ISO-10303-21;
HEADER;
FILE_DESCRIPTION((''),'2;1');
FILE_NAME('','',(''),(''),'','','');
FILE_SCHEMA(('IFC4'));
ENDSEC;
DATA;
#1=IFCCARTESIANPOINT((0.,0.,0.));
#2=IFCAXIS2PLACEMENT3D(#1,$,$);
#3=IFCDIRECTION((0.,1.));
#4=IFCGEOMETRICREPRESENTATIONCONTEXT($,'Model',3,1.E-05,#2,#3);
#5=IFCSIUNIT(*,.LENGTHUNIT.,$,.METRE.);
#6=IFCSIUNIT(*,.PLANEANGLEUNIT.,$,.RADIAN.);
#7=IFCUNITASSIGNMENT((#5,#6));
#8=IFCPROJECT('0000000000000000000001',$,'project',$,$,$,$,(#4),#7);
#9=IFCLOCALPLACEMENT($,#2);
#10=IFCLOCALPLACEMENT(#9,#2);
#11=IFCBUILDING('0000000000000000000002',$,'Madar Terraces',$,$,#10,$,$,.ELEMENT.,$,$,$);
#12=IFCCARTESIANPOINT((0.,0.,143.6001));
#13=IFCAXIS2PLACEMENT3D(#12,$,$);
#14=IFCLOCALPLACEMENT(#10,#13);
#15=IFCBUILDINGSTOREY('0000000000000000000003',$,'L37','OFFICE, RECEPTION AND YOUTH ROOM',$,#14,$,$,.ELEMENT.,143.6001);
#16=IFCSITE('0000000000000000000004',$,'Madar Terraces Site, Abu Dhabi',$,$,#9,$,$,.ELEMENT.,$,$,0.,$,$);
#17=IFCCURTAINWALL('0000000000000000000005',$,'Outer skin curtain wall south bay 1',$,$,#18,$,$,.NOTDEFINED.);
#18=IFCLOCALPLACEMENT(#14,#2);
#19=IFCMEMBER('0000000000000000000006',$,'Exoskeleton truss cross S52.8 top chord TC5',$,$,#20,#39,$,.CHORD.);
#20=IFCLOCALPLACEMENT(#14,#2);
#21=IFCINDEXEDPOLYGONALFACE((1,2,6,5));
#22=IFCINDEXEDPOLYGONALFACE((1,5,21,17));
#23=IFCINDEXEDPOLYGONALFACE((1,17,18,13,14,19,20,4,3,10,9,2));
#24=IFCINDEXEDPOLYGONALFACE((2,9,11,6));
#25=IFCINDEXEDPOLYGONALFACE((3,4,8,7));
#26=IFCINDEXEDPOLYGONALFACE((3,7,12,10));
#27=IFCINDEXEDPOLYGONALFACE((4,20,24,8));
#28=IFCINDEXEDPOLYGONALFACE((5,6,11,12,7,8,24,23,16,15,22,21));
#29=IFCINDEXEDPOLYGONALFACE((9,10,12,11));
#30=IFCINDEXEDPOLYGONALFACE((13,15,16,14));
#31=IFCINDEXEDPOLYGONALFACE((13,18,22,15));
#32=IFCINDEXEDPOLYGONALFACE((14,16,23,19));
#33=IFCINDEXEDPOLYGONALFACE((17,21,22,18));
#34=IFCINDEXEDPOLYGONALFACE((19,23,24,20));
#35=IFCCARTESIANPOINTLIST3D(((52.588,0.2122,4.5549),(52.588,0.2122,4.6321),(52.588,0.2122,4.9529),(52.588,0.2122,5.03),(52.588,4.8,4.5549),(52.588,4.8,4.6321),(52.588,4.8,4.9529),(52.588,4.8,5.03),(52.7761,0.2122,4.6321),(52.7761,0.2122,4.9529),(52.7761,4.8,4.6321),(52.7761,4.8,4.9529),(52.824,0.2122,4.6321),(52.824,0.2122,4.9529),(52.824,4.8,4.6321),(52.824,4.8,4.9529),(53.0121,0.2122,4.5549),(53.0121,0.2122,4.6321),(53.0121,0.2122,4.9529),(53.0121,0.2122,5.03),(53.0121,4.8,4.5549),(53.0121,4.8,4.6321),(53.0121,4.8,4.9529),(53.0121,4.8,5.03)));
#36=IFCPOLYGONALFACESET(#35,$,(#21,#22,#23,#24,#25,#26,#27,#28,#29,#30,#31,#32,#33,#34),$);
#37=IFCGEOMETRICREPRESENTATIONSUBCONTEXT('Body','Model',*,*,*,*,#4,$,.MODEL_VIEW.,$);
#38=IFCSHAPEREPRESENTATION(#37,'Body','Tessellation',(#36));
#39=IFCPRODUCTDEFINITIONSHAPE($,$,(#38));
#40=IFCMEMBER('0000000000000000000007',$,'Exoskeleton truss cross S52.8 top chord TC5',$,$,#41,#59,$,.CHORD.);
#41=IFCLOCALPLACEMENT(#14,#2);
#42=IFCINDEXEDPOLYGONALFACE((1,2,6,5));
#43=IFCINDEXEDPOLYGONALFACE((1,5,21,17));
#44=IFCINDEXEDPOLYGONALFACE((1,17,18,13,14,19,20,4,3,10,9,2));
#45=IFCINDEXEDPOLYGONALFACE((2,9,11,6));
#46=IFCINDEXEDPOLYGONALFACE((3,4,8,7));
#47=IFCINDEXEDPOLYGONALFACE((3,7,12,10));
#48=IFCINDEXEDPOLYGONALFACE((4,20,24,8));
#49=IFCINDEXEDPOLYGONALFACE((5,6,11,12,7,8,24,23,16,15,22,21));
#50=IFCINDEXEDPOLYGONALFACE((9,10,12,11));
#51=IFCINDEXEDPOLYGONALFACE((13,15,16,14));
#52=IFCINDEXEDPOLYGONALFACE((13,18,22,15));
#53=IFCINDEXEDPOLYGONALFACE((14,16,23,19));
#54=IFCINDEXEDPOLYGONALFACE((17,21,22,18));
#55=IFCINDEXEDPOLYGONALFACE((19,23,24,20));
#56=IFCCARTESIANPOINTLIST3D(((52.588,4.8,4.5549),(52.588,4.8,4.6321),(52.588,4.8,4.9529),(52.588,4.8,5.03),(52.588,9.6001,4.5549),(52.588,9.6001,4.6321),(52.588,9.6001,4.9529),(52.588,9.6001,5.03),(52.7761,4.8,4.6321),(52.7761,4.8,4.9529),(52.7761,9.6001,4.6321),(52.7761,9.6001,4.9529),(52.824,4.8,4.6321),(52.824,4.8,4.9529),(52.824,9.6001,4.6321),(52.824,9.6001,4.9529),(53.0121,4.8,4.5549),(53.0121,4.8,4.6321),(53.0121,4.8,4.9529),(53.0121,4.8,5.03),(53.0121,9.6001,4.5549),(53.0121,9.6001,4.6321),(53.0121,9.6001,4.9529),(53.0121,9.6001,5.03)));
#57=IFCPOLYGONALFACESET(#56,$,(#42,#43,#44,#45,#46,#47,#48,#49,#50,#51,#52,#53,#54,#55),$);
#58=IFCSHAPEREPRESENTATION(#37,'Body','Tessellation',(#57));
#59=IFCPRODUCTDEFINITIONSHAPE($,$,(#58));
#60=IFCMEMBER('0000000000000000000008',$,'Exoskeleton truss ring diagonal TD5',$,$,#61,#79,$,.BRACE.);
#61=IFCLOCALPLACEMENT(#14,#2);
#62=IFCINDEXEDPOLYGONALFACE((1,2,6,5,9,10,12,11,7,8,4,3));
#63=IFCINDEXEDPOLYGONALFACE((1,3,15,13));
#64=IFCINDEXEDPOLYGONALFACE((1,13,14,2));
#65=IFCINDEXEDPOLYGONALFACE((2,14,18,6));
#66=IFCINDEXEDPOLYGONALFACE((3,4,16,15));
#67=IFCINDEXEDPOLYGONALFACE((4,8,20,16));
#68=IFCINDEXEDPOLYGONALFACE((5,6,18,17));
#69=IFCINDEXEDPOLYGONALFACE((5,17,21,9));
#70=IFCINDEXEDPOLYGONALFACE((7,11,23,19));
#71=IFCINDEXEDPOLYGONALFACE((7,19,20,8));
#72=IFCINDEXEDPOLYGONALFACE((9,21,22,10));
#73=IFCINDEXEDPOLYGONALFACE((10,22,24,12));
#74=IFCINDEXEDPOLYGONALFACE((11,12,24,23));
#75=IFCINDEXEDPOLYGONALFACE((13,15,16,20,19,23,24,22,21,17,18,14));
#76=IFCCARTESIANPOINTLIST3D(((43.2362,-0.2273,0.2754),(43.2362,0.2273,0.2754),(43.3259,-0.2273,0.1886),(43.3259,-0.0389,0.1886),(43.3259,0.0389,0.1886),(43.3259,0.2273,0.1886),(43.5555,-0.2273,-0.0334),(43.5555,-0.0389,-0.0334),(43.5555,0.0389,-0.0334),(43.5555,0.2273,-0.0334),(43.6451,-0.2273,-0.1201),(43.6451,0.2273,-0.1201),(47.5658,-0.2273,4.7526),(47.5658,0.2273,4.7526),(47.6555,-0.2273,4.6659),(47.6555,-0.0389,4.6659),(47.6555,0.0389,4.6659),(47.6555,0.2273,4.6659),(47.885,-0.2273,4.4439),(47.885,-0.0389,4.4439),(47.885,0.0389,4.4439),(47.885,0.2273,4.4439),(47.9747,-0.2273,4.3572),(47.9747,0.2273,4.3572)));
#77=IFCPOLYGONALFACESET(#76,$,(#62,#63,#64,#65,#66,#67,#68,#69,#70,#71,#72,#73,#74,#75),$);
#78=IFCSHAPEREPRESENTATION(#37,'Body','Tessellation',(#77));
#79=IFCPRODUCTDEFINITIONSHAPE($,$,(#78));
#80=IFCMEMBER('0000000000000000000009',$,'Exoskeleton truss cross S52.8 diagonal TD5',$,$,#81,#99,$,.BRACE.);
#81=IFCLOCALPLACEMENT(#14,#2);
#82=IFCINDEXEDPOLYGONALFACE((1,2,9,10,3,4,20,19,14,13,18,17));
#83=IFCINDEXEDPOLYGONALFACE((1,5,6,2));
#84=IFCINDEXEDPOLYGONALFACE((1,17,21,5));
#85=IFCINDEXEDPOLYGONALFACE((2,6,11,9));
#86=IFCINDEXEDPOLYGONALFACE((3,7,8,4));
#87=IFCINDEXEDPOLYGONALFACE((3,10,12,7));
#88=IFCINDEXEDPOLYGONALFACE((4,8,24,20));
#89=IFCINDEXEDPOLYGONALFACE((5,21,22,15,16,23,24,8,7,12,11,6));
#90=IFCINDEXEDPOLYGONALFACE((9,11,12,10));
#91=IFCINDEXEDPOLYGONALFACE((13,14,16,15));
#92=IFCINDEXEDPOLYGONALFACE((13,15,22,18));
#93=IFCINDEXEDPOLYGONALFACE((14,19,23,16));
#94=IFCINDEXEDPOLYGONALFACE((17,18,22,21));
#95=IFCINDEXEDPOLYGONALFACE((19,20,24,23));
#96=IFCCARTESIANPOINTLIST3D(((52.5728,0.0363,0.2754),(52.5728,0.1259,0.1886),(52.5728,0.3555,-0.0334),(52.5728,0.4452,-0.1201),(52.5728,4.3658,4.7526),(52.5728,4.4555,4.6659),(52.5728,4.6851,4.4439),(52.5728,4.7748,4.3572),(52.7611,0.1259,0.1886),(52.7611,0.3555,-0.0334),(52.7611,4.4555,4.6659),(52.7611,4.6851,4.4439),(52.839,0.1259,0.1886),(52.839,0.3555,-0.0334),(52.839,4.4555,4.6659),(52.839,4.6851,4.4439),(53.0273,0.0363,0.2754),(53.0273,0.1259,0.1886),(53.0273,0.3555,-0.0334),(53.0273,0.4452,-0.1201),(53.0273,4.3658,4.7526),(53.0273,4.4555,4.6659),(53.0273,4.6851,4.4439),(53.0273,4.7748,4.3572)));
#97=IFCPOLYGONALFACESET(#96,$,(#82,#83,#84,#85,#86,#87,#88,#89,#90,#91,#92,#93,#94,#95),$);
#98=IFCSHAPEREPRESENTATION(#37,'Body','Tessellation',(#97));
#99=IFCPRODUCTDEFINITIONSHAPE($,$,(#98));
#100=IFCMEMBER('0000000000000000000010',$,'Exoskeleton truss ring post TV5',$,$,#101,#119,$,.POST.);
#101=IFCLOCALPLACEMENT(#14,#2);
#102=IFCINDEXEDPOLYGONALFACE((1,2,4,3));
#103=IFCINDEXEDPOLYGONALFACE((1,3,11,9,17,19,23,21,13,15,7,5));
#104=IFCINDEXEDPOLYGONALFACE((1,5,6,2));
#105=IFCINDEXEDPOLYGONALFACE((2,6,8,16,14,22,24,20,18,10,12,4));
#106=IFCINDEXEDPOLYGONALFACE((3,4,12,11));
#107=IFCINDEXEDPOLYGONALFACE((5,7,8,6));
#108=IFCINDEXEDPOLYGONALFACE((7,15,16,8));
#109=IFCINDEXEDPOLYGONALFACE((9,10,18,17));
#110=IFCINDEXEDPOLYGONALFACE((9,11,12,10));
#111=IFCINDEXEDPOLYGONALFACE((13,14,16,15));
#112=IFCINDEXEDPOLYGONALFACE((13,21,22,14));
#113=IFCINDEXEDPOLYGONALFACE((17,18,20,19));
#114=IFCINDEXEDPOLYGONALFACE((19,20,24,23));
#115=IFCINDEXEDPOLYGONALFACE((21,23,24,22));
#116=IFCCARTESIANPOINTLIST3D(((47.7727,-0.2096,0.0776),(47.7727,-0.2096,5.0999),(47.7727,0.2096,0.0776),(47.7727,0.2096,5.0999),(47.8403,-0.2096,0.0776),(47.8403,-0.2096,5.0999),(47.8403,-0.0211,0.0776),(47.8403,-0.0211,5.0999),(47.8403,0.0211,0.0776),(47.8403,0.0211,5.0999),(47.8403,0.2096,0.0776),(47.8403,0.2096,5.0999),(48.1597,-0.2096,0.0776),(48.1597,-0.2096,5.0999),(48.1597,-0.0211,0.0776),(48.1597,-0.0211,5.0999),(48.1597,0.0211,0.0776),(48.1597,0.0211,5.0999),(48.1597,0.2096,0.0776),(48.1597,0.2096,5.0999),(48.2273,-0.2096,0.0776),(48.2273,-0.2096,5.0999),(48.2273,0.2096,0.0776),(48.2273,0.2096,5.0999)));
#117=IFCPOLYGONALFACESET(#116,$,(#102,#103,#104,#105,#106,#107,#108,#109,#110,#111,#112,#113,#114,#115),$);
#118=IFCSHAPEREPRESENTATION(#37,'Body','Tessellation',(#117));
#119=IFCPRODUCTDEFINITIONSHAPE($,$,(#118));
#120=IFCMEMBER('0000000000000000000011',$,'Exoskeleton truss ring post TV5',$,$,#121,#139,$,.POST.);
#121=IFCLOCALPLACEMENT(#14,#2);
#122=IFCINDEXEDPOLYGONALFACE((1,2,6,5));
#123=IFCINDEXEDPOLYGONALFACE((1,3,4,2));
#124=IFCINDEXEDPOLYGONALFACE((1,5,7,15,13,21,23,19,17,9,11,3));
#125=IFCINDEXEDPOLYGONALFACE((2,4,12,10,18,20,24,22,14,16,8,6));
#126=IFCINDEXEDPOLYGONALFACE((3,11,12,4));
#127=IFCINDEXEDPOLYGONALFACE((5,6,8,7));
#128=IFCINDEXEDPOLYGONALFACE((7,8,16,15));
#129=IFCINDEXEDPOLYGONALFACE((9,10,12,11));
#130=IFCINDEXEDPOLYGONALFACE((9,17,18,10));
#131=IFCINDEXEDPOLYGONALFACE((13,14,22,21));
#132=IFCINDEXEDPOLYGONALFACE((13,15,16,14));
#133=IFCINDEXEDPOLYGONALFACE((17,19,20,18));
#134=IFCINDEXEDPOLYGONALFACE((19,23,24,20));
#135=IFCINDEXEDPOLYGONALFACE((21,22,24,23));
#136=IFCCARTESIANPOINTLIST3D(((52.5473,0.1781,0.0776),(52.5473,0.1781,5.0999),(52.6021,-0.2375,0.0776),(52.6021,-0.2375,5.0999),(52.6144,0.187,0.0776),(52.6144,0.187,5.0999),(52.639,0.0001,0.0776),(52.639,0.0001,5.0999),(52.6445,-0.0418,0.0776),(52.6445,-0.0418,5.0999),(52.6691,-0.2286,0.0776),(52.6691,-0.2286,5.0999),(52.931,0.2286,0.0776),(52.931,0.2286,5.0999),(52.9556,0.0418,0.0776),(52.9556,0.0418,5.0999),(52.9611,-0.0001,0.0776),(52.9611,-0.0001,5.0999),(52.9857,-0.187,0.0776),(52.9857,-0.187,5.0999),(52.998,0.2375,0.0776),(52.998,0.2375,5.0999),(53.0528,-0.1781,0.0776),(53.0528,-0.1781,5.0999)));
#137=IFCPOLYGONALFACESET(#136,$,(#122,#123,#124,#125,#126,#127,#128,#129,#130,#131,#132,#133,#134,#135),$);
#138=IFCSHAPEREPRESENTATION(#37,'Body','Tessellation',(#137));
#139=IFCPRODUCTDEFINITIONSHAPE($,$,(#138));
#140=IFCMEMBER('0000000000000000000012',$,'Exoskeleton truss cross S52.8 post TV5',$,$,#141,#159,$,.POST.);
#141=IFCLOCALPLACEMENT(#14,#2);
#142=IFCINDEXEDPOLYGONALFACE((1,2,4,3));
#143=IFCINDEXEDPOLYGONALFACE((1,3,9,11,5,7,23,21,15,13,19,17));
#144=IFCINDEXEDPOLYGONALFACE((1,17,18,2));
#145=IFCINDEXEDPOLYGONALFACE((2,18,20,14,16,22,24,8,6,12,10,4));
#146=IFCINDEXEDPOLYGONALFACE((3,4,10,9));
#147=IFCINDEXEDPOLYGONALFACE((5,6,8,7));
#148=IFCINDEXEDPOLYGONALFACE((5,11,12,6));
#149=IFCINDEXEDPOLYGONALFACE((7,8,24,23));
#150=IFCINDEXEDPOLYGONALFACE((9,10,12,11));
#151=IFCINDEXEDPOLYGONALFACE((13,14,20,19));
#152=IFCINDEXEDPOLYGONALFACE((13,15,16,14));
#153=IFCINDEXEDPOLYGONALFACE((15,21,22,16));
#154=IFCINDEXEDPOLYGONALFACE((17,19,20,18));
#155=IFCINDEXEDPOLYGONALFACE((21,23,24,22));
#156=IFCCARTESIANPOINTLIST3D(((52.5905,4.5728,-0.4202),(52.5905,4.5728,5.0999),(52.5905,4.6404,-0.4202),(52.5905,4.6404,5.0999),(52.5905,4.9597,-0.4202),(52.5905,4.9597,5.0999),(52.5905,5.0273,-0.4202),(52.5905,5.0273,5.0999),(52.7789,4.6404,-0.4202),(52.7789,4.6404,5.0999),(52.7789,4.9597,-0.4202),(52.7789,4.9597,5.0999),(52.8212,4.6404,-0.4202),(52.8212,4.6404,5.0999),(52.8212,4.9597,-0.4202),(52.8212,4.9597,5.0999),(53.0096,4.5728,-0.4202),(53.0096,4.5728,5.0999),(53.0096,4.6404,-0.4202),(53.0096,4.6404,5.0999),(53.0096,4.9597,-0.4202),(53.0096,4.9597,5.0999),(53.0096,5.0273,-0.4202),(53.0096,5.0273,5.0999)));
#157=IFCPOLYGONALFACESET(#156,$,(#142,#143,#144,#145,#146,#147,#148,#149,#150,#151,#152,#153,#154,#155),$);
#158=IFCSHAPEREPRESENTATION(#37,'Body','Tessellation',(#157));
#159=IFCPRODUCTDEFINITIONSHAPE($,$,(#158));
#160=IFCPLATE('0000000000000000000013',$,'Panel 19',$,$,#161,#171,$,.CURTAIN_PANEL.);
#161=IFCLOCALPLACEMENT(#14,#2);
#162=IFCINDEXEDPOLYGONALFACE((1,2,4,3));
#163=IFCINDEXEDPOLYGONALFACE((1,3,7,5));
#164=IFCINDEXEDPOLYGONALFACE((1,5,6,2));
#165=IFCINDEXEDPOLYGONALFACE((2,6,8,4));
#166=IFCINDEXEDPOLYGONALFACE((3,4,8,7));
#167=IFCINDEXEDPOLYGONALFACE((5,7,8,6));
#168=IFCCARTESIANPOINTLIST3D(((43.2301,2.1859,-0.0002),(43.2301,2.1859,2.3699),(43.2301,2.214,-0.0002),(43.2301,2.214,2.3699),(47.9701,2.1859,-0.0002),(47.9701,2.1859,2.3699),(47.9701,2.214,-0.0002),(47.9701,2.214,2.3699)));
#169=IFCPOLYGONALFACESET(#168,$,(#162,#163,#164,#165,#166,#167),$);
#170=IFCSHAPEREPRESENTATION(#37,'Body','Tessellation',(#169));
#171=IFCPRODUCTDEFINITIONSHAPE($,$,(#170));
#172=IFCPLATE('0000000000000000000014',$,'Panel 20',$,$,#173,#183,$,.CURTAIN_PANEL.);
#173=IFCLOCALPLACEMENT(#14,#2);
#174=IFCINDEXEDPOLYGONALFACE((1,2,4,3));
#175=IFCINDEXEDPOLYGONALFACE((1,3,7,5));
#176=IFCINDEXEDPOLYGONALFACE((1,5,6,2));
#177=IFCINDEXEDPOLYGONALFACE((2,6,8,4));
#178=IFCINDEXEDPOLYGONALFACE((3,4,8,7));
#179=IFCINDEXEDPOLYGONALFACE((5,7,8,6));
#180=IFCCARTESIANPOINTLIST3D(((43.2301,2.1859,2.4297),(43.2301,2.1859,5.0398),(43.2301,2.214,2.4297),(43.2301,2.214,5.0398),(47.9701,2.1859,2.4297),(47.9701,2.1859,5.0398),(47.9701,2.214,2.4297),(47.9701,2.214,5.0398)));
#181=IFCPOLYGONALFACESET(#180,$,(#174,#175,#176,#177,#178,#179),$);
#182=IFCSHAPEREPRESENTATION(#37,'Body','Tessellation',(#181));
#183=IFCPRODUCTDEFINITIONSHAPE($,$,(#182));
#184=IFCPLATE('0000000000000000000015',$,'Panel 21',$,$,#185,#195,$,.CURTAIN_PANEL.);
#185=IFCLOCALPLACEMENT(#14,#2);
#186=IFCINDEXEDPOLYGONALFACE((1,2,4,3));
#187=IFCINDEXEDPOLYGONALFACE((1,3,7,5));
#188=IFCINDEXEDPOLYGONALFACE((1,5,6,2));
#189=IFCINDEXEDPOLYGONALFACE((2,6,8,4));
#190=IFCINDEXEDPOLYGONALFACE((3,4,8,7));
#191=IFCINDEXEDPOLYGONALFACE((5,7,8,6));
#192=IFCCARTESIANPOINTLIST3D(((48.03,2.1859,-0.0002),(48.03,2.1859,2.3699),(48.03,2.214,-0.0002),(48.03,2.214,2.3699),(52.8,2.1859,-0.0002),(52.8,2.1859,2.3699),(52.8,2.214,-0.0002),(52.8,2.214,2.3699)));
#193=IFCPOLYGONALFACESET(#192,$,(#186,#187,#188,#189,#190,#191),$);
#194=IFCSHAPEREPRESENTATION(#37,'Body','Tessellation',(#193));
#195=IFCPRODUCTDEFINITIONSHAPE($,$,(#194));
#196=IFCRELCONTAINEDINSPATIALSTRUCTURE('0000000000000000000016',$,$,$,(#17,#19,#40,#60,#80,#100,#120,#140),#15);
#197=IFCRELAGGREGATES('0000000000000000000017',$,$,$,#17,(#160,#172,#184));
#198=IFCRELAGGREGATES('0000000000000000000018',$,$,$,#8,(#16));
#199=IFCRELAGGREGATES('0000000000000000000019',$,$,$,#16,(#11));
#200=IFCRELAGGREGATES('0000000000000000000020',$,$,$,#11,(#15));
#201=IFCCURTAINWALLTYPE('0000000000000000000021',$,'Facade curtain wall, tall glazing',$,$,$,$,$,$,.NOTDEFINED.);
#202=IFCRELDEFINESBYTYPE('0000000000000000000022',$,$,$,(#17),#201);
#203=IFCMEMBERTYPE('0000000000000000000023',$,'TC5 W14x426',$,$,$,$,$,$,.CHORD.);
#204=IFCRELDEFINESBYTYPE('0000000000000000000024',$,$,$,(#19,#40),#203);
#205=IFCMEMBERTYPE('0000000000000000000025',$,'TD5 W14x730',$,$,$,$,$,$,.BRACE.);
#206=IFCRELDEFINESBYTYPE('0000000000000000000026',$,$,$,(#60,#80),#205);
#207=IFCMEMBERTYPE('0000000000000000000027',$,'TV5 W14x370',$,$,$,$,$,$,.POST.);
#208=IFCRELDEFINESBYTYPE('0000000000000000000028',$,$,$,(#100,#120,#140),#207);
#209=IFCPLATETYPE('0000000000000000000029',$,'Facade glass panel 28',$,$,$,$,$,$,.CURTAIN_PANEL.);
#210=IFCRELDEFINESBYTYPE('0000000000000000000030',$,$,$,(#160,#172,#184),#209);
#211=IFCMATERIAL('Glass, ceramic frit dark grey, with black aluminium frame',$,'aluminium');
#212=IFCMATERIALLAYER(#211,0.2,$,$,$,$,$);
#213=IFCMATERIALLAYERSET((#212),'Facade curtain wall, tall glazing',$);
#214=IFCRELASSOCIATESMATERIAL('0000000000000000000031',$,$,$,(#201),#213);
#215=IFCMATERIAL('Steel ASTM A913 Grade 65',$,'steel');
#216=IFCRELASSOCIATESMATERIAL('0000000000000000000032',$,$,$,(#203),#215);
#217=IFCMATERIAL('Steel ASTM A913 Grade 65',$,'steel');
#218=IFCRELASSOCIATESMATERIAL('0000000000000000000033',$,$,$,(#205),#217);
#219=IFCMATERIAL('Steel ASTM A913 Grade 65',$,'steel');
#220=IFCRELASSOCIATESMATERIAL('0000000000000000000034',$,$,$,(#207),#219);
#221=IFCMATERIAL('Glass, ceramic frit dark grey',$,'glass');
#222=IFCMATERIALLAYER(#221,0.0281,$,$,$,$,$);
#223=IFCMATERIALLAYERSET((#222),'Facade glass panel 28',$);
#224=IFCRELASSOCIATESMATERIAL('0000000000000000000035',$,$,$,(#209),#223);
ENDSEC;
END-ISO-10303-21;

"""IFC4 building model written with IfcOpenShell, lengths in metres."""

from ifc_helpers import new_model, si_unit, direction, frame, origin, origin_2d, place, context, subcontext, project, spatial, rectangle, i_section, extrude, material, layer, layer_set, material_profile, profile_set, type_object, element, aggregate, save


model = new_model("IFC4")

# Units and contexts
model_context = context("Model", 3, precision=1e-05, world=origin(), true_north=direction((0.0, 1.0)))
body_context = subcontext(model_context, "Body", "Model", "MODEL_VIEW")
ifc_project = project(units=[si_unit("LENGTHUNIT", "METRE"), si_unit("PLANEANGLEUNIT", "RADIAN")], contexts=[model_context])

# Site, building, storey
site_placement = place(None, origin())
site = spatial("IfcSite", under=ifc_project, at=site_placement, Name="Madar Terraces Site, Abu Dhabi", CompositionType="ELEMENT", RefElevation=0.0)
building_placement = place(site_placement, origin())
building = spatial("IfcBuilding", under=site, at=building_placement, Name="Madar Terraces", CompositionType="ELEMENT")
storey_placement = place(building_placement, frame((0.0, 0.0, 143.6001)))
storey = spatial("IfcBuildingStorey", under=building, at=storey_placement, Name="L37", Description="OFFICE, RECEPTION AND YOUTH ROOM", CompositionType="ELEMENT", Elevation=143.6001)

# Curtain wall
ifc_material_1 = material(Name="Glass, ceramic frit dark grey, with black aluminium frame", Category="aluminium")
ifc_layer_1 = layer(ifc_material_1, 0.2)
ifc_layer_set_1 = layer_set([ifc_layer_1], Name="Facade curtain wall, tall glazing")
curtain_wall_type = type_object("IfcCurtainWallType", Name="Facade curtain wall, tall glazing", PredefinedType="NOTDEFINED", material=ifc_layer_set_1)
curtain_wall_1_placement = place(storey_placement, origin())
curtain_wall_1 = element("IfcCurtainWall", 1, at=curtain_wall_1_placement, inside=storey, type_object=curtain_wall_type, Name="Outer skin curtain wall south bay 1", PredefinedType="NOTDEFINED")

# Members
ifc_material_2 = material(Name="Steel ASTM A913 Grade 65", Category="steel")
ifc_material_profile_1 = material_profile(ifc_material_2, i_section(OverallWidth=0.4241, OverallDepth=0.4751, WebThickness=0.0479, FlangeThickness=0.0771, at=origin_2d()), Name="W14x426")
ifc_profile_set_1 = profile_set([ifc_material_profile_1], Name="Steel ASTM A913 Grade 65")
member_type_1 = type_object("IfcMemberType", Name="TC5 W14x426", PredefinedType="CHORD", material=ifc_profile_set_1)
member_1_placement = place(storey_placement, frame((52.8, 0.2122, 4.7925), z_axis=(0.0, 1.0, 0.0), x_axis=(-1.0, 0.0, 0.0)))
element("IfcMember", 2, at=member_1_placement, inside=storey, type_object=member_type_1, Name="Exoskeleton truss cross S52.8 top chord TC5", PredefinedType="CHORD", context=body_context, shape_type="SweptSolid", body=[
    extrude(i_section(OverallWidth=0.4241, OverallDepth=0.4751, WebThickness=0.0479, FlangeThickness=0.0771, at=origin_2d()), origin(), (0.0, 0.0, 1.0), 4.5879),
])
member_2_placement = place(storey_placement, frame((52.8, 4.8, 4.7925), z_axis=(0.0, 1.0, 0.0), x_axis=(-1.0, 0.0, 0.0)))
element("IfcMember", 3, at=member_2_placement, inside=storey, type_object=member_type_1, Name="Exoskeleton truss cross S52.8 top chord TC5", PredefinedType="CHORD", context=body_context, shape_type="SweptSolid", body=[
    extrude(i_section(OverallWidth=0.4241, OverallDepth=0.4751, WebThickness=0.0479, FlangeThickness=0.0771, at=origin_2d()), origin(), (0.0, 0.0, 1.0), 4.8),
])
ifc_material_3 = material(Name="Steel ASTM A913 Grade 65", Category="steel")
ifc_material_profile_2 = material_profile(ifc_material_3, i_section(OverallWidth=0.4546, OverallDepth=0.5688, WebThickness=0.0779, FlangeThickness=0.1248, at=origin_2d()), Name="W14x730")
ifc_profile_set_2 = profile_set([ifc_material_profile_2], Name="Steel ASTM A913 Grade 65")
member_type_2 = type_object("IfcMemberType", Name="TD5 W14x730", PredefinedType="BRACE", material=ifc_profile_set_2)
for number, where, z_axis, x_axis, name in (
    (4, (43.4407, 0.0, 0.0776), (0.69515, 0.0, 0.718865), (0.0, 1.0, 0.0), "Exoskeleton truss ring diagonal TD5"),
    (5, (52.8, 0.2407, 0.0776), (0.0, 0.69515, 0.718865), (-1.0, 0.0, 0.0), "Exoskeleton truss cross S52.8 diagonal TD5"),
):
    element("IfcMember", number, at=place(storey_placement, frame(where, z_axis=z_axis, x_axis=x_axis)), inside=storey, type_object=member_type_2, Name=name, PredefinedType="BRACE", context=body_context, shape_type="SweptSolid", body=[
        extrude(i_section(OverallWidth=0.4546, OverallDepth=0.5688, WebThickness=0.0779, FlangeThickness=0.1248, at=origin_2d()), origin(), (0.0, 0.0, 1.0), 6.2283),
    ])
ifc_material_4 = material(Name="Steel ASTM A913 Grade 65", Category="steel")
ifc_material_profile_3 = material_profile(ifc_material_4, i_section(OverallWidth=0.4192, OverallDepth=0.4546, WebThickness=0.0422, FlangeThickness=0.0676, at=origin_2d()), Name="W14x370")
ifc_profile_set_3 = profile_set([ifc_material_profile_3], Name="Steel ASTM A913 Grade 65")
member_type_3 = type_object("IfcMemberType", Name="TV5 W14x370", PredefinedType="POST", material=ifc_profile_set_3)
for number, where, z_axis, x_axis, name in (
    (6, (48.0, 0.0, 0.0776), (0.0, 0.0, 1.0), (0.0, 1.0, 0.0), "Exoskeleton truss ring post TV5"),
    (7, (52.8, 0.0, 0.0776), (0.0, 0.0, 1.0), (-0.130526, 0.991445, 0.0), "Exoskeleton truss ring post TV5"),
):
    element("IfcMember", number, at=place(storey_placement, frame(where, z_axis=z_axis, x_axis=x_axis)), inside=storey, type_object=member_type_3, Name=name, PredefinedType="POST", context=body_context, shape_type="SweptSolid", body=[
        extrude(i_section(OverallWidth=0.4192, OverallDepth=0.4546, WebThickness=0.0422, FlangeThickness=0.0676, at=origin_2d()), origin(), (0.0, 0.0, 1.0), 5.0222),
    ])
member_3_placement = place(storey_placement, frame((52.8, 4.8, -0.4202), z_axis=(0.0, 0.0, 1.0), x_axis=(-1.0, 0.0, 0.0)))
element("IfcMember", 8, at=member_3_placement, inside=storey, type_object=member_type_3, Name="Exoskeleton truss cross S52.8 post TV5", PredefinedType="POST", context=body_context, shape_type="SweptSolid", body=[
    extrude(i_section(OverallWidth=0.4192, OverallDepth=0.4546, WebThickness=0.0422, FlangeThickness=0.0676, at=origin_2d()), origin(), (0.0, 0.0, 1.0), 5.52),
])

# Plates
ifc_material_5 = material(Name="Glass, ceramic frit dark grey", Category="glass")
ifc_layer_2 = layer(ifc_material_5, 0.0281)
ifc_layer_set_2 = layer_set([ifc_layer_2], Name="Facade glass panel 28")
plate_type = type_object("IfcPlateType", Name="Facade glass panel 28", PredefinedType="CURTAIN_PANEL", material=ifc_layer_set_2)
plate_1_placement = place(storey_placement, frame((45.6001, 2.2, -0.0002), z_axis=(0.0, 0.0, 1.0), x_axis=(1.0, 0.0, 0.0)))
plate_1 = element("IfcPlate", 9, at=plate_1_placement, type_object=plate_type, Name="Panel 19", PredefinedType="CURTAIN_PANEL", context=body_context, shape_type="SweptSolid", body=[
    extrude(rectangle(XDim=4.74, YDim=0.0281, at=origin_2d()), origin(), (0.0, 0.0, 1.0), 2.3701),
])
plate_2_placement = place(storey_placement, frame((45.6001, 2.2, 2.4297), z_axis=(0.0, 0.0, 1.0), x_axis=(1.0, 0.0, 0.0)))
plate_2 = element("IfcPlate", 10, at=plate_2_placement, type_object=plate_type, Name="Panel 20", PredefinedType="CURTAIN_PANEL", context=body_context, shape_type="SweptSolid", body=[
    extrude(rectangle(XDim=4.74, YDim=0.0281, at=origin_2d()), origin(), (0.0, 0.0, 1.0), 2.6101),
])
plate_3_placement = place(storey_placement, frame((50.415, 2.2, -0.0002), z_axis=(0.0, 0.0, 1.0), x_axis=(1.0, 0.0, 0.0)))
plate_3 = element("IfcPlate", 11, at=plate_3_placement, type_object=plate_type, Name="Panel 21", PredefinedType="CURTAIN_PANEL", context=body_context, shape_type="SweptSolid", body=[
    extrude(rectangle(XDim=4.77, YDim=0.0281, at=origin_2d()), origin(), (0.0, 0.0, 1.0), 2.3701),
])
aggregate(curtain_wall_1, [plate_1, plate_2, plate_3])

save(model, "model.ifc")
